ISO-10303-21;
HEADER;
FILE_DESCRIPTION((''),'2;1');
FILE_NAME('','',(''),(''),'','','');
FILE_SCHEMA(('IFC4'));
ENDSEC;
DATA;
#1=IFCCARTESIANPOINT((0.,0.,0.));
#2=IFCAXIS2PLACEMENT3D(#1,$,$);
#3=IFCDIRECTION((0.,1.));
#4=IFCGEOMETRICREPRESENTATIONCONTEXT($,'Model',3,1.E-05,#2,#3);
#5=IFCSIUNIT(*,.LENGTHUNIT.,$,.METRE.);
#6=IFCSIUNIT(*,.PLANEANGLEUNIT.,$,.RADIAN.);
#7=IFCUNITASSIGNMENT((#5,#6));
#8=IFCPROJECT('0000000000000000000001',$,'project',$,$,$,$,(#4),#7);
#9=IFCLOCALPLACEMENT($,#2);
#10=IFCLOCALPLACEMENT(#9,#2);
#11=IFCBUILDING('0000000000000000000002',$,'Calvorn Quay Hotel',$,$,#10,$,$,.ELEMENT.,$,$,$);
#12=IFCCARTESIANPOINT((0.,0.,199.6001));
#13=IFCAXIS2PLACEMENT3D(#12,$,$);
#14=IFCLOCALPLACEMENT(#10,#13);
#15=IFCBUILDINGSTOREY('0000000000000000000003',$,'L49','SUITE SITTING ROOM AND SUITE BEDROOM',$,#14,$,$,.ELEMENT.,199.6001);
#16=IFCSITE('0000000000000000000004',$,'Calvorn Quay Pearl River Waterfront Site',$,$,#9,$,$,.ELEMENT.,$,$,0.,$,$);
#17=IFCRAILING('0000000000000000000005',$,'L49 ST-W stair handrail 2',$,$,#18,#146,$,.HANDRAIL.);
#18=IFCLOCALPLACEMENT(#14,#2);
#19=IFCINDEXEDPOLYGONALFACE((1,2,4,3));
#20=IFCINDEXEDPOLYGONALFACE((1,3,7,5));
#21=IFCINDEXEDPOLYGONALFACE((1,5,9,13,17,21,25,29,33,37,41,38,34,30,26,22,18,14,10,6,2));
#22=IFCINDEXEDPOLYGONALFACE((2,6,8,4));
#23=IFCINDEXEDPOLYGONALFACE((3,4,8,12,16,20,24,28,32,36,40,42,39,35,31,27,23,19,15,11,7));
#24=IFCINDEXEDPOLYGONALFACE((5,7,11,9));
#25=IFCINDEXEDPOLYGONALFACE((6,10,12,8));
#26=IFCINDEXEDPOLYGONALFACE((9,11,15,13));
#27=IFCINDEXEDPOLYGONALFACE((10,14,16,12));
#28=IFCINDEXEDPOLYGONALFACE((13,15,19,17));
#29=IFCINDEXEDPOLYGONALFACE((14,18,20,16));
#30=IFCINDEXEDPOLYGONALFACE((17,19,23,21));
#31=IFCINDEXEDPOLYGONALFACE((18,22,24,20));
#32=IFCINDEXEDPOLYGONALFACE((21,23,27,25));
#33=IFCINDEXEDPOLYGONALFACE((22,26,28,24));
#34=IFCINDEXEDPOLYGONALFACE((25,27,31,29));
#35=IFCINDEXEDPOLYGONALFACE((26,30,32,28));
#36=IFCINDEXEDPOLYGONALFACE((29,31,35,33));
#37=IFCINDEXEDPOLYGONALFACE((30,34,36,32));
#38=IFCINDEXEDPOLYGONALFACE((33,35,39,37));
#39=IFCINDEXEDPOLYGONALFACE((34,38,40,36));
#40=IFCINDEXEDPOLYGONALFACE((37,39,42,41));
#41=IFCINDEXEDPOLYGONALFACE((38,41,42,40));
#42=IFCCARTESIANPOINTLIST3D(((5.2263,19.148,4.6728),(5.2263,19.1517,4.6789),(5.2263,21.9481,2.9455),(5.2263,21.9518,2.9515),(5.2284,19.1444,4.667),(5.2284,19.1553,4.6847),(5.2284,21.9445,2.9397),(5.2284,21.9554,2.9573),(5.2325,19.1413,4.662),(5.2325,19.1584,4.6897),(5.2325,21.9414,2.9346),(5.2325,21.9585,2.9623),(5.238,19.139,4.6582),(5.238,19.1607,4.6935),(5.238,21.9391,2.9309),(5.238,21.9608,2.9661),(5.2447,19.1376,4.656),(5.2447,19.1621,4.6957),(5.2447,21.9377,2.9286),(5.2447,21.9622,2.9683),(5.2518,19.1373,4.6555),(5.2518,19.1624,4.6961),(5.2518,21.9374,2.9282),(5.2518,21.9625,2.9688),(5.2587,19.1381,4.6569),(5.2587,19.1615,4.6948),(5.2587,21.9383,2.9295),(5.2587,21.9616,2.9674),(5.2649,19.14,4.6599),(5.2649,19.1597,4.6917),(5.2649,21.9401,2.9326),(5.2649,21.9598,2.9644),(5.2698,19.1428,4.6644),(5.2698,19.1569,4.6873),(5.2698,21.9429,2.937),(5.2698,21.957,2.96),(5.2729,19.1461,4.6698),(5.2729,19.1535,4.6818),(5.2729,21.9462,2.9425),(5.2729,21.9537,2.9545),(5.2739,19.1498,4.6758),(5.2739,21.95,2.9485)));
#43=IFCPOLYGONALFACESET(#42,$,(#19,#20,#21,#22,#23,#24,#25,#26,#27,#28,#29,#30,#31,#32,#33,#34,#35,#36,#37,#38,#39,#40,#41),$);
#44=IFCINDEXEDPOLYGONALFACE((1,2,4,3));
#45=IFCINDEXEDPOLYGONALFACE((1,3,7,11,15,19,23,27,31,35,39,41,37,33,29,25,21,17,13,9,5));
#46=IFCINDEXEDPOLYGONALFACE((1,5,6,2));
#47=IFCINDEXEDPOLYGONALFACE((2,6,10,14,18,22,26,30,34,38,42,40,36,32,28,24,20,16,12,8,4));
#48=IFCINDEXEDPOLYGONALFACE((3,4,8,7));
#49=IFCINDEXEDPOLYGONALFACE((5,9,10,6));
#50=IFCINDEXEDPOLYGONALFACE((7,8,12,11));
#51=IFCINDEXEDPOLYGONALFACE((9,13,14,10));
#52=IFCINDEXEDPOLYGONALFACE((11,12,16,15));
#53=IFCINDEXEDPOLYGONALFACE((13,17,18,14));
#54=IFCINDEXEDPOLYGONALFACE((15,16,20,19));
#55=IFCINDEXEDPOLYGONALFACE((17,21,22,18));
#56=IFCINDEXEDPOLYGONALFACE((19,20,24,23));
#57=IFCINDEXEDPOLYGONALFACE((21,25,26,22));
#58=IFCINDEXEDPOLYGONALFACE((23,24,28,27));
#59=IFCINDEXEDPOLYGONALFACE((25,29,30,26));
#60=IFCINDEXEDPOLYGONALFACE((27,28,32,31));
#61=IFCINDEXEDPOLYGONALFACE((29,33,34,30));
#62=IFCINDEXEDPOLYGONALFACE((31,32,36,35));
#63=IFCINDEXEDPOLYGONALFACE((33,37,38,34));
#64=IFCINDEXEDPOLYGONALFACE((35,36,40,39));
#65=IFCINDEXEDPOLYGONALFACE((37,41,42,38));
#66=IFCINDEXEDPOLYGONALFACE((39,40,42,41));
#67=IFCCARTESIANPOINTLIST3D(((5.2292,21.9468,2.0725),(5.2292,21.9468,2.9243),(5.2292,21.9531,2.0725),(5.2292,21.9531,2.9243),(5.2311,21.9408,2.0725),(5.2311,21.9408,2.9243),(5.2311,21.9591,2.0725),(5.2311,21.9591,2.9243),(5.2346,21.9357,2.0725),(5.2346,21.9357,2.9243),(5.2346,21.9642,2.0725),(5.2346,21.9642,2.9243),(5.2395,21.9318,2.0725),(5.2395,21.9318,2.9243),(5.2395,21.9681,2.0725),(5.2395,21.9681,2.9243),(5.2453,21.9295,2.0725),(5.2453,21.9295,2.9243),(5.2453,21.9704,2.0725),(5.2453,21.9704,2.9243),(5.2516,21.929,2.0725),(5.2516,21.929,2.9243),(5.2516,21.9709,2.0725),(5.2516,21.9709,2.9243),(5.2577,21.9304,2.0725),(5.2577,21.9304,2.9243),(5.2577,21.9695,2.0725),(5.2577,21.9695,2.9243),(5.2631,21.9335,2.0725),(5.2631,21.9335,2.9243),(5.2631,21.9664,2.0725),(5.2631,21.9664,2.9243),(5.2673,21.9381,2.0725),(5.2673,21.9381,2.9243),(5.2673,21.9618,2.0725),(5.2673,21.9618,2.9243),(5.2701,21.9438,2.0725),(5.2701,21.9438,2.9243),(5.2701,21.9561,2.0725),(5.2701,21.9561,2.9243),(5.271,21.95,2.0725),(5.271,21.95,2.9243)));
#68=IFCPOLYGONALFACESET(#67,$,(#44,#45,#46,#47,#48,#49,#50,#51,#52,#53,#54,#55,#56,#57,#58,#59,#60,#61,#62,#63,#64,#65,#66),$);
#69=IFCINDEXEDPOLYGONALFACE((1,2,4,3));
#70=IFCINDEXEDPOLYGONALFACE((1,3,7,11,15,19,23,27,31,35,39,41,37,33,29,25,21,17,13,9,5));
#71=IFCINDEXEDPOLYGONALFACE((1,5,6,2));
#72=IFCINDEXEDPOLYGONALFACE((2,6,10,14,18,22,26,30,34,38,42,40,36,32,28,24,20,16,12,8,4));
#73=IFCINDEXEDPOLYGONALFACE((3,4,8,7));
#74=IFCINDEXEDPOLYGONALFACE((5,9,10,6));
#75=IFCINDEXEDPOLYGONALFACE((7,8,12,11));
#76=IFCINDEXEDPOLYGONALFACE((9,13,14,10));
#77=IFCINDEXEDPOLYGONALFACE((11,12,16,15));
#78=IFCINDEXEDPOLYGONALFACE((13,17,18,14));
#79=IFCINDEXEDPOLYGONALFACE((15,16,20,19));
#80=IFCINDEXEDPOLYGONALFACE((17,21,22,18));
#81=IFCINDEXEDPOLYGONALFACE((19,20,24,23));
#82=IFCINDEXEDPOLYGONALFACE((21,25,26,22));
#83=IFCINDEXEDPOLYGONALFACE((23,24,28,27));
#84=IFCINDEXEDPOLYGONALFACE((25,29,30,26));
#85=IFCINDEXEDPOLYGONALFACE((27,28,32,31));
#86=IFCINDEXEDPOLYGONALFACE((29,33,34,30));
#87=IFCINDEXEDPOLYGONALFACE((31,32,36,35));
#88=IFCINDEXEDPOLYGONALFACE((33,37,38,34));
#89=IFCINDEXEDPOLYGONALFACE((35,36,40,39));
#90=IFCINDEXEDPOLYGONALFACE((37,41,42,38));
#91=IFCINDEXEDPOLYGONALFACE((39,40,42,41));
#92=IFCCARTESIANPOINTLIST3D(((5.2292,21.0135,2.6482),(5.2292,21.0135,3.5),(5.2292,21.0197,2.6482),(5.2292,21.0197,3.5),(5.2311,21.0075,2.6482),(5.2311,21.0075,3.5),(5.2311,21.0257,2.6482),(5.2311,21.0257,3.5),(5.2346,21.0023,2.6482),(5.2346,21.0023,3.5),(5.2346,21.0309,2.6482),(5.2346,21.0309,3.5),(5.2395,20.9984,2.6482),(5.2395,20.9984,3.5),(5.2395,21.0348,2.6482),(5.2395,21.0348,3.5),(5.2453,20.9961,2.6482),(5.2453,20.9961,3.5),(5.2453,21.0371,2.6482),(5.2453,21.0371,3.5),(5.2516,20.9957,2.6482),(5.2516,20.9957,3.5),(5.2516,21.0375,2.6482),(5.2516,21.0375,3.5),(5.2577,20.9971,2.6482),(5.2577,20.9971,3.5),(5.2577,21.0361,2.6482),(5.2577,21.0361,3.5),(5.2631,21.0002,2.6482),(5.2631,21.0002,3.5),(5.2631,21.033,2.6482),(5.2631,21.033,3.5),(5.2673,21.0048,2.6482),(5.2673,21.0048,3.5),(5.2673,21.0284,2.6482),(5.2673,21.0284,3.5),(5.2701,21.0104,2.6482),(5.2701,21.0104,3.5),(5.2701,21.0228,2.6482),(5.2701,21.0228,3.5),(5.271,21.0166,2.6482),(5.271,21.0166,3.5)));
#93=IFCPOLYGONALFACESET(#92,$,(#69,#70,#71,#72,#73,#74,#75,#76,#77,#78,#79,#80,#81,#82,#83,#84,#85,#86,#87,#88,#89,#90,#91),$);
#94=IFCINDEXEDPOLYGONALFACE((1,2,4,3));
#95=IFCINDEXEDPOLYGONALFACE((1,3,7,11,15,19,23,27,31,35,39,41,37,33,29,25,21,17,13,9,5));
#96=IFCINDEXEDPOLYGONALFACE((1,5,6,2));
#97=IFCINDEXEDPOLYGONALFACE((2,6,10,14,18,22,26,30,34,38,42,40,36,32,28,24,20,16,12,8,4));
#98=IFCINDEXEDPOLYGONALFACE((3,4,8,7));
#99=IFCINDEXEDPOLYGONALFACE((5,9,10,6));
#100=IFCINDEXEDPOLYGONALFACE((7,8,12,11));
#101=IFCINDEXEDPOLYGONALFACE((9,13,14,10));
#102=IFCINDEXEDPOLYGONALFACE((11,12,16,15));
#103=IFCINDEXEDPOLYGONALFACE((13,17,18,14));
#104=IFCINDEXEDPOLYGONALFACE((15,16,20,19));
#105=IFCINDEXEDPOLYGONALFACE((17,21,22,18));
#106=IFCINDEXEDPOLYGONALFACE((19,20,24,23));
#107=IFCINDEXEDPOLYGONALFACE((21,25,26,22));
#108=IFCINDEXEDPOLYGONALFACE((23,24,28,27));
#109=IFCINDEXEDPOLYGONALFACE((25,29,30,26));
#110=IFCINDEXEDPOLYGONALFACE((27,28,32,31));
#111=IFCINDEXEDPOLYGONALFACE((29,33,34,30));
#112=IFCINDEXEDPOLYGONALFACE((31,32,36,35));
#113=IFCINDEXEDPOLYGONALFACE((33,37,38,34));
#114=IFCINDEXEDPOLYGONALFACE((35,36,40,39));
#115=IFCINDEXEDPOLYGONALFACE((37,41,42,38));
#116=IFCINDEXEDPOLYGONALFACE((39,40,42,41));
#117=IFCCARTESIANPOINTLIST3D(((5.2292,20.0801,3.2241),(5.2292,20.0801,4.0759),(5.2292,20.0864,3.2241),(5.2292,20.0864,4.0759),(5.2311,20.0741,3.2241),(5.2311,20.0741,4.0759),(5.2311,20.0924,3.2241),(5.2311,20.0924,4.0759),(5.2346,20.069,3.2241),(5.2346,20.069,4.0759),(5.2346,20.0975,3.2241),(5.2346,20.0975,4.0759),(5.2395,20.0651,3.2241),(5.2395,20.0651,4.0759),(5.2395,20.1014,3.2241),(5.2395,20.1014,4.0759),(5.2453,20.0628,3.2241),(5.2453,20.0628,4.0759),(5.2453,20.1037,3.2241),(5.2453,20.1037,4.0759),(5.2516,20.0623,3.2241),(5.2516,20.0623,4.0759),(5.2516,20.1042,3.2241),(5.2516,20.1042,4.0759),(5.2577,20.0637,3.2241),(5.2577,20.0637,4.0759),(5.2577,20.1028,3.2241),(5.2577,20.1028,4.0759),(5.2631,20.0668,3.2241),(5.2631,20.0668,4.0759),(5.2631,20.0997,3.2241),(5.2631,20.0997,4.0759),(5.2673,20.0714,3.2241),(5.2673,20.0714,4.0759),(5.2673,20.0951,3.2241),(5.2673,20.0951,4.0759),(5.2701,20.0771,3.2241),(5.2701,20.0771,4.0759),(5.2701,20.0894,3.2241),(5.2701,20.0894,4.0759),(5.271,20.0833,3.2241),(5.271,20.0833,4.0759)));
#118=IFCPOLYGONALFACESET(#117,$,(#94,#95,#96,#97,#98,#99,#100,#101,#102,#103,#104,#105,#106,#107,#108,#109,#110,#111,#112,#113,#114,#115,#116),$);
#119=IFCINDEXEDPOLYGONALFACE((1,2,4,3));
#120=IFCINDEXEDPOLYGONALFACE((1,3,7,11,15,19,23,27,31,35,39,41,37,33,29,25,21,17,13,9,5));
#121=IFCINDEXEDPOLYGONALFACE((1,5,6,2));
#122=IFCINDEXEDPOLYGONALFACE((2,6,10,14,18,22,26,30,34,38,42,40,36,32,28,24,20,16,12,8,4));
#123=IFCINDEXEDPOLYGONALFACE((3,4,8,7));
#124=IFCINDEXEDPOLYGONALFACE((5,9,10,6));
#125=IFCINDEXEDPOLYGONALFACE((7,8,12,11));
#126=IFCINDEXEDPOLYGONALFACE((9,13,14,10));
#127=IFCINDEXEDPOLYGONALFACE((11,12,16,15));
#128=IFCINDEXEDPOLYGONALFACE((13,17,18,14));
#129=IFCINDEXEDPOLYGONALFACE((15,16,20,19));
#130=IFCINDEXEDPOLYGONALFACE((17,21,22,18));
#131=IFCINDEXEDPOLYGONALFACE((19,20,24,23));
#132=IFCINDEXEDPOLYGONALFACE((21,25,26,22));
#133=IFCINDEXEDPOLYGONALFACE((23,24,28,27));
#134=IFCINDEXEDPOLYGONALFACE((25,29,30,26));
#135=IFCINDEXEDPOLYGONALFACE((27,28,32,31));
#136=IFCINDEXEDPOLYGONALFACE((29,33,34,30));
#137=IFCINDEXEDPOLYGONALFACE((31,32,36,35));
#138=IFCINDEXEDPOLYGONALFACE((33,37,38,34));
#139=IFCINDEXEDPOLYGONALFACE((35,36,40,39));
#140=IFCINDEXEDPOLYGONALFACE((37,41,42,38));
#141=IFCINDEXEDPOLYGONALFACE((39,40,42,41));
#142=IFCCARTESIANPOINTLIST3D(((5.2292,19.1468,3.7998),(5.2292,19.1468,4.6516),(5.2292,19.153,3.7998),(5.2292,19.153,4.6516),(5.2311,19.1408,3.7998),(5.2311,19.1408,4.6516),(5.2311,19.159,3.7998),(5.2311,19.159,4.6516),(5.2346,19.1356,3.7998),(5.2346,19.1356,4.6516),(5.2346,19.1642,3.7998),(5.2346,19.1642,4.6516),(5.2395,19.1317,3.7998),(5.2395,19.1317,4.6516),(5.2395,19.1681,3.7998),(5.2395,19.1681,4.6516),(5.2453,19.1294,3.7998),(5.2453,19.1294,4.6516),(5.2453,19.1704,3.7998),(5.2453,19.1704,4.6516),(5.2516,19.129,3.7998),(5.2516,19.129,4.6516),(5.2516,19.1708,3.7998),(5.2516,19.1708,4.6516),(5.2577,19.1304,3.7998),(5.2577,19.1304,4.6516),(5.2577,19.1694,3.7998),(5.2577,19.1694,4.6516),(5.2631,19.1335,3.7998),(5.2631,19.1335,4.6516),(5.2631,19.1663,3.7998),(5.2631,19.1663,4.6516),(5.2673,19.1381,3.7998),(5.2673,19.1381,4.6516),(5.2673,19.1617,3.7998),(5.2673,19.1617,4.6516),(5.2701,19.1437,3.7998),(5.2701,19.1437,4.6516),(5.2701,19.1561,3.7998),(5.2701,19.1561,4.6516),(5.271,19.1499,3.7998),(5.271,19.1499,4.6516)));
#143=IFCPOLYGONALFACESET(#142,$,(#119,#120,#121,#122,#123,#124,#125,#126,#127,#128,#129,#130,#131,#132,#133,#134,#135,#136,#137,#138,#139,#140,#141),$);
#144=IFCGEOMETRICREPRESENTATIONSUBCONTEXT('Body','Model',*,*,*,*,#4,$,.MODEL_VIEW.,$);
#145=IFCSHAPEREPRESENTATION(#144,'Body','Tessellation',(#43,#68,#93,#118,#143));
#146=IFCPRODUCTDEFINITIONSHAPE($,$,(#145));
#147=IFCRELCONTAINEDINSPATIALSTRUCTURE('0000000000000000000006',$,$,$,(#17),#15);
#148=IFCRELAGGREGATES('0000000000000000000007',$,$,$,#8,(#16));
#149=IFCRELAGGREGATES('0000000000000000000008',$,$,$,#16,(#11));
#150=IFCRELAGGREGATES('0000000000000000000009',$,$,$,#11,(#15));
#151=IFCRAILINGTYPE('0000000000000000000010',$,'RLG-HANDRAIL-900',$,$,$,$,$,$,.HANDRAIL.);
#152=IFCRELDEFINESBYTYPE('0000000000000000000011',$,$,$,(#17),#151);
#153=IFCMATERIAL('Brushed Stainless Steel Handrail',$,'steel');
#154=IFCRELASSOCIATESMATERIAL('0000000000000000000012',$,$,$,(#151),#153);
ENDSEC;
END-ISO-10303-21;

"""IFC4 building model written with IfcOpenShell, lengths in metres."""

from ifc_helpers import new_model, si_unit, direction, frame, origin, origin_2d, place, context, subcontext, project, spatial, circle, extrude, material, type_object, element, save


model = new_model("IFC4")

# Units and contexts
model_context = context("Model", 3, precision=1e-05, world=origin(), true_north=direction((0.0, 1.0)))
body_context = subcontext(model_context, "Body", "Model", "MODEL_VIEW")
ifc_project = project(units=[si_unit("LENGTHUNIT", "METRE"), si_unit("PLANEANGLEUNIT", "RADIAN")], contexts=[model_context])

# Site, building, storey
site_placement = place(None, origin())
site = spatial("IfcSite", under=ifc_project, at=site_placement, Name="Calvorn Quay Pearl River Waterfront Site", CompositionType="ELEMENT", RefElevation=0.0)
building_placement = place(site_placement, origin())
building = spatial("IfcBuilding", under=site, at=building_placement, Name="Calvorn Quay Hotel", CompositionType="ELEMENT")
storey_placement = place(building_placement, frame((0.0, 0.0, 199.6001)))
storey = spatial("IfcBuildingStorey", under=building, at=storey_placement, Name="L49", Description="SUITE SITTING ROOM AND SUITE BEDROOM", CompositionType="ELEMENT", Elevation=199.6001)

# Railing
ifc_material_1 = material(Name="Brushed Stainless Steel Handrail", Category="steel")
railing_type_1 = type_object("IfcRailingType", Name="RLG-HANDRAIL-900", PredefinedType="HANDRAIL", material=ifc_material_1)
railing_1_placement = place(storey_placement, frame((5.25, 21.95, 2.0725)))
element("IfcRailing", 1, at=railing_1_placement, inside=storey, type_object=railing_type_1, Name="L49 ST-W stair handrail 2", PredefinedType="HANDRAIL", context=body_context, shape_type="SweptSolid", body=[
    extrude(circle(Radius=0.0239, at=origin_2d()), frame((0.0, 0.0, 0.876), z_axis=(0.0, -0.85109, 0.52502), x_axis=(1.0, 0.0, 0.0)), (0.0, 0.0, 1.0), 3.29),
    extrude(circle(Radius=0.021, at=origin_2d()), origin(), (0.0, 0.0, 1.0), 0.8518),
    extrude(circle(Radius=0.021, at=origin_2d()), frame((0.0, -0.9333, 0.5757)), (0.0, 0.0, 1.0), 0.8518),
    extrude(circle(Radius=0.021, at=origin_2d()), frame((0.0, -1.8667, 1.1516)), (0.0, 0.0, 1.0), 0.8518),
    extrude(circle(Radius=0.021, at=origin_2d()), frame((0.0, -2.8, 1.7273)), (0.0, 0.0, 1.0), 0.8518),
])

save(model, "model.ifc")
